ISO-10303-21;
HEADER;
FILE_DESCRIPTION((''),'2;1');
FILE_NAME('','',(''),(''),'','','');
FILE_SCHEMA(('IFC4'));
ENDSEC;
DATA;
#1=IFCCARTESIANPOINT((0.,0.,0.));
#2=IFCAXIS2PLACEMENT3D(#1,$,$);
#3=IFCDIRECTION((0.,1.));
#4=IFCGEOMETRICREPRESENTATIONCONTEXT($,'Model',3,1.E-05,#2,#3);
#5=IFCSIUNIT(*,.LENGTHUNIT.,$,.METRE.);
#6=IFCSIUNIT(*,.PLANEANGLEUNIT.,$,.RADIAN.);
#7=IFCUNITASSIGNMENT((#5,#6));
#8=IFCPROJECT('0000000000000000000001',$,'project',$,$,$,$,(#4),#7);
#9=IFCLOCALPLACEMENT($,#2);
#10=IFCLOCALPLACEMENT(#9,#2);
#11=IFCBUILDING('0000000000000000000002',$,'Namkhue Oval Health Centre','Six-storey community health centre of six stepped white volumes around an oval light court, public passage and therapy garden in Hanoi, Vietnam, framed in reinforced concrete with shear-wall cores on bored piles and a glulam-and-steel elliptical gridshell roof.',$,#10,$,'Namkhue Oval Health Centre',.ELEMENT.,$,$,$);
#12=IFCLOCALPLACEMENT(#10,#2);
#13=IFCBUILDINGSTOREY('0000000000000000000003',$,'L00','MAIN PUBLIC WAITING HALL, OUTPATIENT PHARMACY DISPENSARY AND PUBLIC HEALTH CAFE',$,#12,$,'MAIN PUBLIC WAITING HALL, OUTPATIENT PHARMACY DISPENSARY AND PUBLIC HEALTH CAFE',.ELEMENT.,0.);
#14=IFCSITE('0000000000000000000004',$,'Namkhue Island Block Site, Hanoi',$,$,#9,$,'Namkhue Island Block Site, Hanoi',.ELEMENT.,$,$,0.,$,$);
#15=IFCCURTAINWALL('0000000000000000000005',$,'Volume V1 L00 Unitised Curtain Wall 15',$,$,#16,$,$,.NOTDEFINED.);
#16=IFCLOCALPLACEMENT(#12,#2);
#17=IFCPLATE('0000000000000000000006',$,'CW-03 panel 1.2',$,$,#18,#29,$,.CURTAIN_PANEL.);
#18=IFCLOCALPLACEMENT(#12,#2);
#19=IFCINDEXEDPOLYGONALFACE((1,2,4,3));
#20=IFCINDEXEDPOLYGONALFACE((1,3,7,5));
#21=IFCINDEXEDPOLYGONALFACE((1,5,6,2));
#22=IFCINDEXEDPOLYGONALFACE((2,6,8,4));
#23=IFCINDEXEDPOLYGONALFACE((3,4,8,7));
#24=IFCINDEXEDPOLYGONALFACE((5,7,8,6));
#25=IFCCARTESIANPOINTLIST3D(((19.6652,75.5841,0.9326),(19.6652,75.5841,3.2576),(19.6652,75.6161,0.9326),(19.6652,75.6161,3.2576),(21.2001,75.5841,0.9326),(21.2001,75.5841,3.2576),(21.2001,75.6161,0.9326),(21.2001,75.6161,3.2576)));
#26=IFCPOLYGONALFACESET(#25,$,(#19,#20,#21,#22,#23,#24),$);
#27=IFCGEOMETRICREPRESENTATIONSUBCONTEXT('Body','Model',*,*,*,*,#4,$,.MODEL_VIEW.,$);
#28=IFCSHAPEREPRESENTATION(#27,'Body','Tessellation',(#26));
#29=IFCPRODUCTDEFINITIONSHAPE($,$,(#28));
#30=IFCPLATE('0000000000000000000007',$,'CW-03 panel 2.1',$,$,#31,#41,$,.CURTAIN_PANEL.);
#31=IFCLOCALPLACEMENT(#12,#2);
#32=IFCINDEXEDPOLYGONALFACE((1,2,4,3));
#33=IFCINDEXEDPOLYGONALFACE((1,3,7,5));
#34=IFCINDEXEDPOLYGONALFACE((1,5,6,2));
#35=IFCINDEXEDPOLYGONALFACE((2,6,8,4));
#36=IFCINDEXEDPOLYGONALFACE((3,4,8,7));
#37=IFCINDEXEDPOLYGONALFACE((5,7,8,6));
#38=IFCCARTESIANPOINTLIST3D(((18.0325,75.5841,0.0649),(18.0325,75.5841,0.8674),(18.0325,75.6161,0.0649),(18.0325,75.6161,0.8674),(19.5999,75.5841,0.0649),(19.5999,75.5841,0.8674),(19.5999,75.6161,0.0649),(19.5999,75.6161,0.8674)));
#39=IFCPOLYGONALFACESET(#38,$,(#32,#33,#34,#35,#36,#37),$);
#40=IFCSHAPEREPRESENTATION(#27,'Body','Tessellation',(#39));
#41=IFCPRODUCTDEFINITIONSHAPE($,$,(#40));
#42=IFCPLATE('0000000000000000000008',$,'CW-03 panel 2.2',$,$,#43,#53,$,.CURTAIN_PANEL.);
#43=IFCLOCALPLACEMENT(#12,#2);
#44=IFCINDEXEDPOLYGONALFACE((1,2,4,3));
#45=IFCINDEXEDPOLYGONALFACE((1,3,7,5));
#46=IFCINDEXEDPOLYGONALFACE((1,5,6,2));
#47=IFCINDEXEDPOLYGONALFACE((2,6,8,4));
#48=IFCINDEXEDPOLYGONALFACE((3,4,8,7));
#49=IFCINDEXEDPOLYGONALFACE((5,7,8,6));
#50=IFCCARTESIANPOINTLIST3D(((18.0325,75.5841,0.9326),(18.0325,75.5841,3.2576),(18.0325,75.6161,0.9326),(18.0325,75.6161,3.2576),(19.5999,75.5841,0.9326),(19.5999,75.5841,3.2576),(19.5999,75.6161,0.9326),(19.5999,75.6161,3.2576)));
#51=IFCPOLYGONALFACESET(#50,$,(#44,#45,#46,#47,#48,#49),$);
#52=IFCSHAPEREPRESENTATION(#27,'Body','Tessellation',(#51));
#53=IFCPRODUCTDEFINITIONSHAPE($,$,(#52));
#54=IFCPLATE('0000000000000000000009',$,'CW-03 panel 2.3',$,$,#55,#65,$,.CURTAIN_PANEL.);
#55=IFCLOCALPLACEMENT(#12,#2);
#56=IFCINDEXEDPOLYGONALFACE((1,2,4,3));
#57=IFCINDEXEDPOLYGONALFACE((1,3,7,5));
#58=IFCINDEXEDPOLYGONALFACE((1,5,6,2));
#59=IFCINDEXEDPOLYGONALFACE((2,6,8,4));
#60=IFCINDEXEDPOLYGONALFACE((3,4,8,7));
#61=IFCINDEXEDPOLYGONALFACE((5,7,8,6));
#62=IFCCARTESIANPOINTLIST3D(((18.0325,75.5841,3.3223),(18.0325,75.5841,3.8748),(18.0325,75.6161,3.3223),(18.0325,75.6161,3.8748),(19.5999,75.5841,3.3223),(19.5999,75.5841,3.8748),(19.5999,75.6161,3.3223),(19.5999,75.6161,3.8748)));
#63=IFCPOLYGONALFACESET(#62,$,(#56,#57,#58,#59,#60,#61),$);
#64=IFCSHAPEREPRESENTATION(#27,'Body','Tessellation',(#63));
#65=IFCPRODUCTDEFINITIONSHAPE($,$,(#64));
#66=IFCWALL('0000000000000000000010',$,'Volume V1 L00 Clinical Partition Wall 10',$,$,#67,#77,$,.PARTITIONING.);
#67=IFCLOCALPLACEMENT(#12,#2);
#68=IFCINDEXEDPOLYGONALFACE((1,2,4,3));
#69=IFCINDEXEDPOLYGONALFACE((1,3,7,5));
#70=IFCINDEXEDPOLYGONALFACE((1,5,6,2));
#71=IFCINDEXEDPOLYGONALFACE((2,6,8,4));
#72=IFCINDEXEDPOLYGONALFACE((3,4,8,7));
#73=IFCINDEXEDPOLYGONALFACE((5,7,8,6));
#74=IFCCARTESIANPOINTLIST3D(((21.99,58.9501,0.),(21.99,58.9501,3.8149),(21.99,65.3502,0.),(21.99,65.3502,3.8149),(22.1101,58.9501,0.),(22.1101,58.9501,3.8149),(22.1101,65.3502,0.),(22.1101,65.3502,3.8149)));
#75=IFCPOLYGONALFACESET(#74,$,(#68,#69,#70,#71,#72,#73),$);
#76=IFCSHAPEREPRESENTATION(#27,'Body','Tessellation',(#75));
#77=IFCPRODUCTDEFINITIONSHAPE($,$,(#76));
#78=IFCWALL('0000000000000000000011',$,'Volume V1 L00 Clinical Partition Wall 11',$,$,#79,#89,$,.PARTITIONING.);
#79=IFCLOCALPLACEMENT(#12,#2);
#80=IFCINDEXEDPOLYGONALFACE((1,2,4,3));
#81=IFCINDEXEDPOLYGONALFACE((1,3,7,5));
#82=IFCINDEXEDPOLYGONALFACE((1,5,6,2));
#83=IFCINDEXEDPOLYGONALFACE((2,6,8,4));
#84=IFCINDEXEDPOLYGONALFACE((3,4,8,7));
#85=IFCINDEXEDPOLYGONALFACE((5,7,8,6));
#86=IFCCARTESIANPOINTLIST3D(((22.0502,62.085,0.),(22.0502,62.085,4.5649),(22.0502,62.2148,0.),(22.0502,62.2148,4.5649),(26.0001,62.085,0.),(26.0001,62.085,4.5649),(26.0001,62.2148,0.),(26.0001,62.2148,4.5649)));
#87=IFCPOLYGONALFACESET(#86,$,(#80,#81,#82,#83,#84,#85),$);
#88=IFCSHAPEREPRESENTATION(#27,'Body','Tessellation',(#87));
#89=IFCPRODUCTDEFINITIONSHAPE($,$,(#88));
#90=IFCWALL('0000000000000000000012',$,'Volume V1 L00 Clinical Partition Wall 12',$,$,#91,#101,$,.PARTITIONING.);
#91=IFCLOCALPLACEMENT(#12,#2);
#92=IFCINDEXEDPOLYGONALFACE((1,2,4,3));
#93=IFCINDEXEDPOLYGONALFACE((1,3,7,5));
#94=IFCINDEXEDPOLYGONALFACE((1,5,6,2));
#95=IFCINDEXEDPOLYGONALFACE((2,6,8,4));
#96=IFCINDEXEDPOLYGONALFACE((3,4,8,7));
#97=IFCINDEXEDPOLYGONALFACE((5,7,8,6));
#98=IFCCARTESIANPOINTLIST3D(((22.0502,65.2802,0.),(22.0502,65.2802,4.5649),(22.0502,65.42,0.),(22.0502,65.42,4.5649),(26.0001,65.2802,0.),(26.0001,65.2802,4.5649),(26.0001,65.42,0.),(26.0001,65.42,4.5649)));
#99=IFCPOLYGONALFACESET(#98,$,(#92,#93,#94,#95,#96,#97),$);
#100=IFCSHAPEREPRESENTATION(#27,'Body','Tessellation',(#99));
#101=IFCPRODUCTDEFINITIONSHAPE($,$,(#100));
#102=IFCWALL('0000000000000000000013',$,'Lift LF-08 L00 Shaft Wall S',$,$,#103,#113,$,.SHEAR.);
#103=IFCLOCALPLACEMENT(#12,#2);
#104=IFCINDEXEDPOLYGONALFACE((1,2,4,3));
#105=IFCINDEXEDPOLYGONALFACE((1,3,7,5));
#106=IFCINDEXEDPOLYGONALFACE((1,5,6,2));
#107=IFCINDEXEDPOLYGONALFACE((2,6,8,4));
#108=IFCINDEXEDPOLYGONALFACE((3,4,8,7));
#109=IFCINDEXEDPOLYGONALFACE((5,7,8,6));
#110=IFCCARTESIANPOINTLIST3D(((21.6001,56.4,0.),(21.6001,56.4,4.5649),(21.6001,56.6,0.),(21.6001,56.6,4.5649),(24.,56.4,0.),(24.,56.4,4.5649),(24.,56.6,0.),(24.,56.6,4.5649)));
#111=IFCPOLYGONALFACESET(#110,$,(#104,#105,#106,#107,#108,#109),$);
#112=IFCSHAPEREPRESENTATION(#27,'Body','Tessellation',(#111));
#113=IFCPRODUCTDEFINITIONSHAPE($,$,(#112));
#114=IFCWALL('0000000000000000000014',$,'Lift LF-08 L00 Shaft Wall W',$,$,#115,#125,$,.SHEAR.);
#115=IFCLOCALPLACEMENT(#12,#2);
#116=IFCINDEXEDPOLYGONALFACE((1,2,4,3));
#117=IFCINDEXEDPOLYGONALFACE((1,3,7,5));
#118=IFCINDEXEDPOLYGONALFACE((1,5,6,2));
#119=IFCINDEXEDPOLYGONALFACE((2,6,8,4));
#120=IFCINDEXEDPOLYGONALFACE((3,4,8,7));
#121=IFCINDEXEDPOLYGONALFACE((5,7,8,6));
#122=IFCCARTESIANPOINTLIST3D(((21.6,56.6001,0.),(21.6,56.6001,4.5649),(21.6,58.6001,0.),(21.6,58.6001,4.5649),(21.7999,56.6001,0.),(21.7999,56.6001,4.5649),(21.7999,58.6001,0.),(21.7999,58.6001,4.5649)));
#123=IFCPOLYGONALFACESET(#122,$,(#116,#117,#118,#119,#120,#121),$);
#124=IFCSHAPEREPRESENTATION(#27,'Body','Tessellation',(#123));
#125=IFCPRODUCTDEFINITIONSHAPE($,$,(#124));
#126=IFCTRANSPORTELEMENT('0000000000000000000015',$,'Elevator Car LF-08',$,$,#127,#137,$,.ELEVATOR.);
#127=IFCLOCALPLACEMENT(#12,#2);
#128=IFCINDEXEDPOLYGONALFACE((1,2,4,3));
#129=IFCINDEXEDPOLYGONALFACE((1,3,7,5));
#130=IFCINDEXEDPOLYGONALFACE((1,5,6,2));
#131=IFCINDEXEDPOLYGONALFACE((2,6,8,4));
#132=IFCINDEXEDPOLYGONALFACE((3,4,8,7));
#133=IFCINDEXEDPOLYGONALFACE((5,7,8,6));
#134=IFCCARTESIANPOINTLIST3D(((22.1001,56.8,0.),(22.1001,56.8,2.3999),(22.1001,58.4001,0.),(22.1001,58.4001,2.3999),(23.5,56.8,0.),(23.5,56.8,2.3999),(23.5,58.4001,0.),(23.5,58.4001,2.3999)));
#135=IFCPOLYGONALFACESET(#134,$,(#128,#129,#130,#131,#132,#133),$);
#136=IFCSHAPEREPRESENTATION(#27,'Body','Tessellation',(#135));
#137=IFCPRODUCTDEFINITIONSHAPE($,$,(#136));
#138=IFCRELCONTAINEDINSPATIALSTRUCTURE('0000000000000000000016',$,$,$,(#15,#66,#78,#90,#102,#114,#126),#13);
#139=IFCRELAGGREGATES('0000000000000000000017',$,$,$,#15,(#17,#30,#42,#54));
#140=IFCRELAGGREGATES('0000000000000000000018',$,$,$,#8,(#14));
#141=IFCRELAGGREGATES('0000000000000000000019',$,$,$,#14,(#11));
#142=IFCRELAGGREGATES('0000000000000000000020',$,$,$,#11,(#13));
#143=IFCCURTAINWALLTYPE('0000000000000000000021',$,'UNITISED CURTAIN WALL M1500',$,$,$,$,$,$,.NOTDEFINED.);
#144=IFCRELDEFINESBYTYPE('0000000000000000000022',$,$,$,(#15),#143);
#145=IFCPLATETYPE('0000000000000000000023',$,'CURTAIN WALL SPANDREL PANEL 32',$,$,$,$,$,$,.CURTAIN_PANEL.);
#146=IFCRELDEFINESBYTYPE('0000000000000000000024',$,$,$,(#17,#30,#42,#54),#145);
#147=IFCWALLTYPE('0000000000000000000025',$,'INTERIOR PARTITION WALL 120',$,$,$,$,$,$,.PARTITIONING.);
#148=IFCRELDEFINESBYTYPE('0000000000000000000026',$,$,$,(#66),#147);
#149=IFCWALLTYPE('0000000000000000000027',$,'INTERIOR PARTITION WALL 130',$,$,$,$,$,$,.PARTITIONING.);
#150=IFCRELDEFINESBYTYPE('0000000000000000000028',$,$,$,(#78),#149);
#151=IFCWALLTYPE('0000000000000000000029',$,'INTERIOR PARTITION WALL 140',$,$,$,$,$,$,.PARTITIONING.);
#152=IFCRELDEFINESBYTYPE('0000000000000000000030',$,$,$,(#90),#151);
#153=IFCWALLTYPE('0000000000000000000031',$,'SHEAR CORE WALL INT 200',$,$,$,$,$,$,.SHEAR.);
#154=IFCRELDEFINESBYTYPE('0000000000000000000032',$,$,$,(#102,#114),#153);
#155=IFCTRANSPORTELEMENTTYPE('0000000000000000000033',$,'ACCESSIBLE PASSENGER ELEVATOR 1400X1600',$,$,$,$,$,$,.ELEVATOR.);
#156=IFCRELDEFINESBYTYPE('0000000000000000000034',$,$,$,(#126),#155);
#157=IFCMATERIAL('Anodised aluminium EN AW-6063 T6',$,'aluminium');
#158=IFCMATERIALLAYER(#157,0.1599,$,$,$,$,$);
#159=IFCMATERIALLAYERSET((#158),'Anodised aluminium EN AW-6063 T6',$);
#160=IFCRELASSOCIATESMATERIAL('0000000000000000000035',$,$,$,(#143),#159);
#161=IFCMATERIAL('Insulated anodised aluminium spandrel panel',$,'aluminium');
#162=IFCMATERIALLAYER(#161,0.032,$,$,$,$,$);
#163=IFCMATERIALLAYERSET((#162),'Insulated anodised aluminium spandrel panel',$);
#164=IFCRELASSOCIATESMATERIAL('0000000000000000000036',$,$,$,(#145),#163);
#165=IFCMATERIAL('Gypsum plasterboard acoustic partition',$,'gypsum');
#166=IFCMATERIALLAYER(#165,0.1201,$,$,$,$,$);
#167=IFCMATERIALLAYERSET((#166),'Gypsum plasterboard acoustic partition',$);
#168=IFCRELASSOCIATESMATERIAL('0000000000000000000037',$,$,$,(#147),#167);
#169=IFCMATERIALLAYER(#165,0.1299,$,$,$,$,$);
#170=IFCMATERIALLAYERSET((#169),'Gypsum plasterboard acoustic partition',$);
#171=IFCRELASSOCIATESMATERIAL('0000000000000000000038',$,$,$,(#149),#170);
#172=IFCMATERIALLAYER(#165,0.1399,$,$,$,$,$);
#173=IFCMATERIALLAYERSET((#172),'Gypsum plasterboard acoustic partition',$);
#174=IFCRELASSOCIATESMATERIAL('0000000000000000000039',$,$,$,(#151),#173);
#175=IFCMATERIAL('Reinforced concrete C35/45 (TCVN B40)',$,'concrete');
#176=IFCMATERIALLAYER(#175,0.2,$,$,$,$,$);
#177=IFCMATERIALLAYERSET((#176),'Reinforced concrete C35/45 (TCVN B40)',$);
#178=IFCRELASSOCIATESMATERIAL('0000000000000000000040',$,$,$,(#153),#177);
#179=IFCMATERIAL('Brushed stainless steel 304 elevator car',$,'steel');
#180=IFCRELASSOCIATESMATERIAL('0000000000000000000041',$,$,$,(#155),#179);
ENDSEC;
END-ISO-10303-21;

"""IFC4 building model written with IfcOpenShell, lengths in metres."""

from ifc_helpers import new_model, si_unit, direction, frame, frame_2d, origin, origin_2d, place, context, subcontext, project, spatial, rectangle, extrude, material, layer, layer_set, type_object, element, aggregate, save


model = new_model("IFC4")

# Units and contexts
model_context = context("Model", 3, precision=1e-05, world=origin(), true_north=direction((0.0, 1.0)))
body_context = subcontext(model_context, "Body", "Model", "MODEL_VIEW")
ifc_project = project(units=[si_unit("LENGTHUNIT", "METRE"), si_unit("PLANEANGLEUNIT", "RADIAN")], contexts=[model_context])

# Site, building, storey
site_placement = place(None, origin())
site = spatial("IfcSite", under=ifc_project, at=site_placement, Name="Namkhue Island Block Site, Hanoi", LongName="Namkhue Island Block Site, Hanoi", CompositionType="ELEMENT", RefElevation=0.0)
building_placement = place(site_placement, origin())
building = spatial("IfcBuilding", under=site, at=building_placement, Name="Namkhue Oval Health Centre", Description="Six-storey community health centre of six stepped white volumes around an oval light court, public passage and therapy garden in Hanoi, Vietnam, framed in reinforced concrete with shear-wall cores on bored piles and a glulam-and-steel elliptical gridshell roof.", LongName="Namkhue Oval Health Centre", CompositionType="ELEMENT")
storey_placement = place(building_placement, origin())
storey = spatial("IfcBuildingStorey", under=building, at=storey_placement, Name="L00", Description="MAIN PUBLIC WAITING HALL, OUTPATIENT PHARMACY DISPENSARY AND PUBLIC HEALTH CAFE", LongName="MAIN PUBLIC WAITING HALL, OUTPATIENT PHARMACY DISPENSARY AND PUBLIC HEALTH CAFE", CompositionType="ELEMENT", Elevation=0.0)

# Shared definitions
ifc_material_1 = material(Name="Reinforced concrete C35/45 (TCVN B40)", Category="concrete")

# Curtain wall
ifc_material_2 = material(Name="Anodised aluminium EN AW-6063 T6", Category="aluminium")
ifc_layer_1 = layer(ifc_material_2, 0.1599)
ifc_layer_set_1 = layer_set([ifc_layer_1], Name="Anodised aluminium EN AW-6063 T6")
curtain_wall_type = type_object("IfcCurtainWallType", Name="UNITISED CURTAIN WALL M1500", PredefinedType="NOTDEFINED", material=ifc_layer_set_1)
curtain_wall_placement = place(storey_placement, origin())
curtain_wall = element("IfcCurtainWall", 1, at=curtain_wall_placement, inside=storey, type_object=curtain_wall_type, Name="Volume V1 L00 Unitised Curtain Wall 15", PredefinedType="NOTDEFINED")

# Plates
ifc_material_3 = material(Name="Insulated anodised aluminium spandrel panel", Category="aluminium")
ifc_layer_2 = layer(ifc_material_3, 0.032)
ifc_layer_set_2 = layer_set([ifc_layer_2], Name="Insulated anodised aluminium spandrel panel")
plate_type = type_object("IfcPlateType", Name="CURTAIN WALL SPANDREL PANEL 32", PredefinedType="CURTAIN_PANEL", material=ifc_layer_set_2)
plate_1_placement = place(storey_placement, frame((20.4326, 75.6001, 0.9326), z_axis=(0.0, 0.0, 1.0), x_axis=(-1.0, 0.0, 0.0)))
plate_1 = element("IfcPlate", 2, at=plate_1_placement, type_object=plate_type, Name="CW-03 panel 1.2", PredefinedType="CURTAIN_PANEL", context=body_context, shape_type="SweptSolid", body=[
    extrude(rectangle(XDim=1.5349, YDim=0.032, at=origin_2d()), origin(), (0.0, 0.0, 1.0), 2.325),
])
plate_2_placement = place(storey_placement, frame((18.8162, 75.6001, 0.0649), z_axis=(0.0, 0.0, 1.0), x_axis=(-1.0, 0.0, 0.0)))
plate_2 = element("IfcPlate", 3, at=plate_2_placement, type_object=plate_type, Name="CW-03 panel 2.1", PredefinedType="CURTAIN_PANEL", context=body_context, shape_type="SweptSolid", body=[
    extrude(rectangle(XDim=1.5674, YDim=0.032, at=origin_2d()), origin(), (0.0, 0.0, 1.0), 0.8025),
])
plate_3_placement = place(storey_placement, frame((18.8162, 75.6001, 0.9326), z_axis=(0.0, 0.0, 1.0), x_axis=(-1.0, 0.0, 0.0)))
plate_3 = element("IfcPlate", 4, at=plate_3_placement, type_object=plate_type, Name="CW-03 panel 2.2", PredefinedType="CURTAIN_PANEL", context=body_context, shape_type="SweptSolid", body=[
    extrude(rectangle(XDim=1.5674, YDim=0.032, at=origin_2d()), origin(), (0.0, 0.0, 1.0), 2.325),
])
plate_4_placement = place(storey_placement, frame((18.8162, 75.6001, 3.3223), z_axis=(0.0, 0.0, 1.0), x_axis=(-1.0, 0.0, 0.0)))
plate_4 = element("IfcPlate", 5, at=plate_4_placement, type_object=plate_type, Name="CW-03 panel 2.3", PredefinedType="CURTAIN_PANEL", context=body_context, shape_type="SweptSolid", body=[
    extrude(rectangle(XDim=1.5674, YDim=0.032, at=origin_2d()), origin(), (0.0, 0.0, 1.0), 0.5525),
])
aggregate(curtain_wall, [plate_1, plate_2, plate_3, plate_4])

# Walls
ifc_material_4 = material(Name="Gypsum plasterboard acoustic partition", Category="gypsum")
ifc_layer_3 = layer(ifc_material_4, 0.1201)
ifc_layer_set_3 = layer_set([ifc_layer_3], Name="Gypsum plasterboard acoustic partition")
wall_type_1 = type_object("IfcWallType", Name="INTERIOR PARTITION WALL 120", PredefinedType="PARTITIONING", material=ifc_layer_set_3)
wall_1_placement = place(storey_placement, frame((22.05, 58.95, 0.0), z_axis=(0.0, 0.0, 1.0), x_axis=(0.0, 1.0, 0.0)))
element("IfcWall", 6, at=wall_1_placement, inside=storey, type_object=wall_type_1, Name="Volume V1 L00 Clinical Partition Wall 10", PredefinedType="PARTITIONING", context=body_context, shape_type="SweptSolid", body=[
    extrude(rectangle(XDim=6.4001, YDim=0.1201, at=frame_2d((3.2002, 0.0))), origin(), (0.0, 0.0, 1.0), 3.8149),
])
ifc_layer_4 = layer(ifc_material_4, 0.1299)
ifc_layer_set_4 = layer_set([ifc_layer_4], Name="Gypsum plasterboard acoustic partition")
wall_type_2 = type_object("IfcWallType", Name="INTERIOR PARTITION WALL 130", PredefinedType="PARTITIONING", material=ifc_layer_set_4)
wall_2_placement = place(storey_placement, frame((22.05, 62.1499, 0.0), z_axis=(0.0, 0.0, 1.0), x_axis=(1.0, 0.0, 0.0)))
element("IfcWall", 7, at=wall_2_placement, inside=storey, type_object=wall_type_2, Name="Volume V1 L00 Clinical Partition Wall 11", PredefinedType="PARTITIONING", context=body_context, shape_type="SweptSolid", body=[
    extrude(rectangle(XDim=3.95, YDim=0.1299, at=frame_2d((1.9751, 0.0))), origin(), (0.0, 0.0, 1.0), 4.5649),
])
ifc_layer_5 = layer(ifc_material_4, 0.1399)
ifc_layer_set_5 = layer_set([ifc_layer_5], Name="Gypsum plasterboard acoustic partition")
wall_type_3 = type_object("IfcWallType", Name="INTERIOR PARTITION WALL 140", PredefinedType="PARTITIONING", material=ifc_layer_set_5)
wall_3_placement = place(storey_placement, frame((22.05, 65.3501, 0.0), z_axis=(0.0, 0.0, 1.0), x_axis=(1.0, 0.0, 0.0)))
element("IfcWall", 8, at=wall_3_placement, inside=storey, type_object=wall_type_3, Name="Volume V1 L00 Clinical Partition Wall 12", PredefinedType="PARTITIONING", context=body_context, shape_type="SweptSolid", body=[
    extrude(rectangle(XDim=3.95, YDim=0.1399, at=frame_2d((1.9751, 0.0))), origin(), (0.0, 0.0, 1.0), 4.5649),
])
ifc_layer_6 = layer(ifc_material_1, 0.2)
ifc_layer_set_6 = layer_set([ifc_layer_6], Name="Reinforced concrete C35/45 (TCVN B40)")
wall_type_4 = type_object("IfcWallType", Name="SHEAR CORE WALL INT 200", PredefinedType="SHEAR", material=ifc_layer_set_6)
wall_4_placement = place(storey_placement, frame((21.6001, 56.5, 0.0), z_axis=(0.0, 0.0, 1.0), x_axis=(1.0, 0.0, 0.0)))
element("IfcWall", 9, at=wall_4_placement, inside=storey, type_object=wall_type_4, Name="Lift LF-08 L00 Shaft Wall S", PredefinedType="SHEAR", context=body_context, shape_type="SweptSolid", body=[
    extrude(rectangle(XDim=2.3999, YDim=0.2, at=frame_2d((1.2, 0.0))), origin(), (0.0, 0.0, 1.0), 4.5649),
])
wall_5_placement = place(storey_placement, frame((21.7, 58.6001, 0.0), z_axis=(0.0, 0.0, 1.0), x_axis=(0.0, -1.0, 0.0)))
element("IfcWall", 10, at=wall_5_placement, inside=storey, type_object=wall_type_4, Name="Lift LF-08 L00 Shaft Wall W", PredefinedType="SHEAR", context=body_context, shape_type="SweptSolid", body=[
    extrude(rectangle(XDim=2.0, YDim=0.2, at=frame_2d((1.0, 0.0))), origin(), (0.0, 0.0, 1.0), 4.5649),
])

# Transport element
ifc_material_5 = material(Name="Brushed stainless steel 304 elevator car", Category="steel")
transport_element_type = type_object("IfcTransportElementType", Name="ACCESSIBLE PASSENGER ELEVATOR 1400X1600", PredefinedType="ELEVATOR", material=ifc_material_5)
transport_element_placement = place(storey_placement, frame((22.8, 57.6001, 0.0), z_axis=(0.0, 0.0, 1.0), x_axis=(1.0, 0.0, 0.0)))
element("IfcTransportElement", 11, at=transport_element_placement, inside=storey, type_object=transport_element_type, Name="Elevator Car LF-08", PredefinedType="ELEVATOR", context=body_context, shape_type="SweptSolid", body=[
    extrude(rectangle(XDim=1.3999, YDim=1.6001, at=origin_2d()), origin(), (0.0, 0.0, 1.0), 2.3999),
])

save(model, "model.ifc")
